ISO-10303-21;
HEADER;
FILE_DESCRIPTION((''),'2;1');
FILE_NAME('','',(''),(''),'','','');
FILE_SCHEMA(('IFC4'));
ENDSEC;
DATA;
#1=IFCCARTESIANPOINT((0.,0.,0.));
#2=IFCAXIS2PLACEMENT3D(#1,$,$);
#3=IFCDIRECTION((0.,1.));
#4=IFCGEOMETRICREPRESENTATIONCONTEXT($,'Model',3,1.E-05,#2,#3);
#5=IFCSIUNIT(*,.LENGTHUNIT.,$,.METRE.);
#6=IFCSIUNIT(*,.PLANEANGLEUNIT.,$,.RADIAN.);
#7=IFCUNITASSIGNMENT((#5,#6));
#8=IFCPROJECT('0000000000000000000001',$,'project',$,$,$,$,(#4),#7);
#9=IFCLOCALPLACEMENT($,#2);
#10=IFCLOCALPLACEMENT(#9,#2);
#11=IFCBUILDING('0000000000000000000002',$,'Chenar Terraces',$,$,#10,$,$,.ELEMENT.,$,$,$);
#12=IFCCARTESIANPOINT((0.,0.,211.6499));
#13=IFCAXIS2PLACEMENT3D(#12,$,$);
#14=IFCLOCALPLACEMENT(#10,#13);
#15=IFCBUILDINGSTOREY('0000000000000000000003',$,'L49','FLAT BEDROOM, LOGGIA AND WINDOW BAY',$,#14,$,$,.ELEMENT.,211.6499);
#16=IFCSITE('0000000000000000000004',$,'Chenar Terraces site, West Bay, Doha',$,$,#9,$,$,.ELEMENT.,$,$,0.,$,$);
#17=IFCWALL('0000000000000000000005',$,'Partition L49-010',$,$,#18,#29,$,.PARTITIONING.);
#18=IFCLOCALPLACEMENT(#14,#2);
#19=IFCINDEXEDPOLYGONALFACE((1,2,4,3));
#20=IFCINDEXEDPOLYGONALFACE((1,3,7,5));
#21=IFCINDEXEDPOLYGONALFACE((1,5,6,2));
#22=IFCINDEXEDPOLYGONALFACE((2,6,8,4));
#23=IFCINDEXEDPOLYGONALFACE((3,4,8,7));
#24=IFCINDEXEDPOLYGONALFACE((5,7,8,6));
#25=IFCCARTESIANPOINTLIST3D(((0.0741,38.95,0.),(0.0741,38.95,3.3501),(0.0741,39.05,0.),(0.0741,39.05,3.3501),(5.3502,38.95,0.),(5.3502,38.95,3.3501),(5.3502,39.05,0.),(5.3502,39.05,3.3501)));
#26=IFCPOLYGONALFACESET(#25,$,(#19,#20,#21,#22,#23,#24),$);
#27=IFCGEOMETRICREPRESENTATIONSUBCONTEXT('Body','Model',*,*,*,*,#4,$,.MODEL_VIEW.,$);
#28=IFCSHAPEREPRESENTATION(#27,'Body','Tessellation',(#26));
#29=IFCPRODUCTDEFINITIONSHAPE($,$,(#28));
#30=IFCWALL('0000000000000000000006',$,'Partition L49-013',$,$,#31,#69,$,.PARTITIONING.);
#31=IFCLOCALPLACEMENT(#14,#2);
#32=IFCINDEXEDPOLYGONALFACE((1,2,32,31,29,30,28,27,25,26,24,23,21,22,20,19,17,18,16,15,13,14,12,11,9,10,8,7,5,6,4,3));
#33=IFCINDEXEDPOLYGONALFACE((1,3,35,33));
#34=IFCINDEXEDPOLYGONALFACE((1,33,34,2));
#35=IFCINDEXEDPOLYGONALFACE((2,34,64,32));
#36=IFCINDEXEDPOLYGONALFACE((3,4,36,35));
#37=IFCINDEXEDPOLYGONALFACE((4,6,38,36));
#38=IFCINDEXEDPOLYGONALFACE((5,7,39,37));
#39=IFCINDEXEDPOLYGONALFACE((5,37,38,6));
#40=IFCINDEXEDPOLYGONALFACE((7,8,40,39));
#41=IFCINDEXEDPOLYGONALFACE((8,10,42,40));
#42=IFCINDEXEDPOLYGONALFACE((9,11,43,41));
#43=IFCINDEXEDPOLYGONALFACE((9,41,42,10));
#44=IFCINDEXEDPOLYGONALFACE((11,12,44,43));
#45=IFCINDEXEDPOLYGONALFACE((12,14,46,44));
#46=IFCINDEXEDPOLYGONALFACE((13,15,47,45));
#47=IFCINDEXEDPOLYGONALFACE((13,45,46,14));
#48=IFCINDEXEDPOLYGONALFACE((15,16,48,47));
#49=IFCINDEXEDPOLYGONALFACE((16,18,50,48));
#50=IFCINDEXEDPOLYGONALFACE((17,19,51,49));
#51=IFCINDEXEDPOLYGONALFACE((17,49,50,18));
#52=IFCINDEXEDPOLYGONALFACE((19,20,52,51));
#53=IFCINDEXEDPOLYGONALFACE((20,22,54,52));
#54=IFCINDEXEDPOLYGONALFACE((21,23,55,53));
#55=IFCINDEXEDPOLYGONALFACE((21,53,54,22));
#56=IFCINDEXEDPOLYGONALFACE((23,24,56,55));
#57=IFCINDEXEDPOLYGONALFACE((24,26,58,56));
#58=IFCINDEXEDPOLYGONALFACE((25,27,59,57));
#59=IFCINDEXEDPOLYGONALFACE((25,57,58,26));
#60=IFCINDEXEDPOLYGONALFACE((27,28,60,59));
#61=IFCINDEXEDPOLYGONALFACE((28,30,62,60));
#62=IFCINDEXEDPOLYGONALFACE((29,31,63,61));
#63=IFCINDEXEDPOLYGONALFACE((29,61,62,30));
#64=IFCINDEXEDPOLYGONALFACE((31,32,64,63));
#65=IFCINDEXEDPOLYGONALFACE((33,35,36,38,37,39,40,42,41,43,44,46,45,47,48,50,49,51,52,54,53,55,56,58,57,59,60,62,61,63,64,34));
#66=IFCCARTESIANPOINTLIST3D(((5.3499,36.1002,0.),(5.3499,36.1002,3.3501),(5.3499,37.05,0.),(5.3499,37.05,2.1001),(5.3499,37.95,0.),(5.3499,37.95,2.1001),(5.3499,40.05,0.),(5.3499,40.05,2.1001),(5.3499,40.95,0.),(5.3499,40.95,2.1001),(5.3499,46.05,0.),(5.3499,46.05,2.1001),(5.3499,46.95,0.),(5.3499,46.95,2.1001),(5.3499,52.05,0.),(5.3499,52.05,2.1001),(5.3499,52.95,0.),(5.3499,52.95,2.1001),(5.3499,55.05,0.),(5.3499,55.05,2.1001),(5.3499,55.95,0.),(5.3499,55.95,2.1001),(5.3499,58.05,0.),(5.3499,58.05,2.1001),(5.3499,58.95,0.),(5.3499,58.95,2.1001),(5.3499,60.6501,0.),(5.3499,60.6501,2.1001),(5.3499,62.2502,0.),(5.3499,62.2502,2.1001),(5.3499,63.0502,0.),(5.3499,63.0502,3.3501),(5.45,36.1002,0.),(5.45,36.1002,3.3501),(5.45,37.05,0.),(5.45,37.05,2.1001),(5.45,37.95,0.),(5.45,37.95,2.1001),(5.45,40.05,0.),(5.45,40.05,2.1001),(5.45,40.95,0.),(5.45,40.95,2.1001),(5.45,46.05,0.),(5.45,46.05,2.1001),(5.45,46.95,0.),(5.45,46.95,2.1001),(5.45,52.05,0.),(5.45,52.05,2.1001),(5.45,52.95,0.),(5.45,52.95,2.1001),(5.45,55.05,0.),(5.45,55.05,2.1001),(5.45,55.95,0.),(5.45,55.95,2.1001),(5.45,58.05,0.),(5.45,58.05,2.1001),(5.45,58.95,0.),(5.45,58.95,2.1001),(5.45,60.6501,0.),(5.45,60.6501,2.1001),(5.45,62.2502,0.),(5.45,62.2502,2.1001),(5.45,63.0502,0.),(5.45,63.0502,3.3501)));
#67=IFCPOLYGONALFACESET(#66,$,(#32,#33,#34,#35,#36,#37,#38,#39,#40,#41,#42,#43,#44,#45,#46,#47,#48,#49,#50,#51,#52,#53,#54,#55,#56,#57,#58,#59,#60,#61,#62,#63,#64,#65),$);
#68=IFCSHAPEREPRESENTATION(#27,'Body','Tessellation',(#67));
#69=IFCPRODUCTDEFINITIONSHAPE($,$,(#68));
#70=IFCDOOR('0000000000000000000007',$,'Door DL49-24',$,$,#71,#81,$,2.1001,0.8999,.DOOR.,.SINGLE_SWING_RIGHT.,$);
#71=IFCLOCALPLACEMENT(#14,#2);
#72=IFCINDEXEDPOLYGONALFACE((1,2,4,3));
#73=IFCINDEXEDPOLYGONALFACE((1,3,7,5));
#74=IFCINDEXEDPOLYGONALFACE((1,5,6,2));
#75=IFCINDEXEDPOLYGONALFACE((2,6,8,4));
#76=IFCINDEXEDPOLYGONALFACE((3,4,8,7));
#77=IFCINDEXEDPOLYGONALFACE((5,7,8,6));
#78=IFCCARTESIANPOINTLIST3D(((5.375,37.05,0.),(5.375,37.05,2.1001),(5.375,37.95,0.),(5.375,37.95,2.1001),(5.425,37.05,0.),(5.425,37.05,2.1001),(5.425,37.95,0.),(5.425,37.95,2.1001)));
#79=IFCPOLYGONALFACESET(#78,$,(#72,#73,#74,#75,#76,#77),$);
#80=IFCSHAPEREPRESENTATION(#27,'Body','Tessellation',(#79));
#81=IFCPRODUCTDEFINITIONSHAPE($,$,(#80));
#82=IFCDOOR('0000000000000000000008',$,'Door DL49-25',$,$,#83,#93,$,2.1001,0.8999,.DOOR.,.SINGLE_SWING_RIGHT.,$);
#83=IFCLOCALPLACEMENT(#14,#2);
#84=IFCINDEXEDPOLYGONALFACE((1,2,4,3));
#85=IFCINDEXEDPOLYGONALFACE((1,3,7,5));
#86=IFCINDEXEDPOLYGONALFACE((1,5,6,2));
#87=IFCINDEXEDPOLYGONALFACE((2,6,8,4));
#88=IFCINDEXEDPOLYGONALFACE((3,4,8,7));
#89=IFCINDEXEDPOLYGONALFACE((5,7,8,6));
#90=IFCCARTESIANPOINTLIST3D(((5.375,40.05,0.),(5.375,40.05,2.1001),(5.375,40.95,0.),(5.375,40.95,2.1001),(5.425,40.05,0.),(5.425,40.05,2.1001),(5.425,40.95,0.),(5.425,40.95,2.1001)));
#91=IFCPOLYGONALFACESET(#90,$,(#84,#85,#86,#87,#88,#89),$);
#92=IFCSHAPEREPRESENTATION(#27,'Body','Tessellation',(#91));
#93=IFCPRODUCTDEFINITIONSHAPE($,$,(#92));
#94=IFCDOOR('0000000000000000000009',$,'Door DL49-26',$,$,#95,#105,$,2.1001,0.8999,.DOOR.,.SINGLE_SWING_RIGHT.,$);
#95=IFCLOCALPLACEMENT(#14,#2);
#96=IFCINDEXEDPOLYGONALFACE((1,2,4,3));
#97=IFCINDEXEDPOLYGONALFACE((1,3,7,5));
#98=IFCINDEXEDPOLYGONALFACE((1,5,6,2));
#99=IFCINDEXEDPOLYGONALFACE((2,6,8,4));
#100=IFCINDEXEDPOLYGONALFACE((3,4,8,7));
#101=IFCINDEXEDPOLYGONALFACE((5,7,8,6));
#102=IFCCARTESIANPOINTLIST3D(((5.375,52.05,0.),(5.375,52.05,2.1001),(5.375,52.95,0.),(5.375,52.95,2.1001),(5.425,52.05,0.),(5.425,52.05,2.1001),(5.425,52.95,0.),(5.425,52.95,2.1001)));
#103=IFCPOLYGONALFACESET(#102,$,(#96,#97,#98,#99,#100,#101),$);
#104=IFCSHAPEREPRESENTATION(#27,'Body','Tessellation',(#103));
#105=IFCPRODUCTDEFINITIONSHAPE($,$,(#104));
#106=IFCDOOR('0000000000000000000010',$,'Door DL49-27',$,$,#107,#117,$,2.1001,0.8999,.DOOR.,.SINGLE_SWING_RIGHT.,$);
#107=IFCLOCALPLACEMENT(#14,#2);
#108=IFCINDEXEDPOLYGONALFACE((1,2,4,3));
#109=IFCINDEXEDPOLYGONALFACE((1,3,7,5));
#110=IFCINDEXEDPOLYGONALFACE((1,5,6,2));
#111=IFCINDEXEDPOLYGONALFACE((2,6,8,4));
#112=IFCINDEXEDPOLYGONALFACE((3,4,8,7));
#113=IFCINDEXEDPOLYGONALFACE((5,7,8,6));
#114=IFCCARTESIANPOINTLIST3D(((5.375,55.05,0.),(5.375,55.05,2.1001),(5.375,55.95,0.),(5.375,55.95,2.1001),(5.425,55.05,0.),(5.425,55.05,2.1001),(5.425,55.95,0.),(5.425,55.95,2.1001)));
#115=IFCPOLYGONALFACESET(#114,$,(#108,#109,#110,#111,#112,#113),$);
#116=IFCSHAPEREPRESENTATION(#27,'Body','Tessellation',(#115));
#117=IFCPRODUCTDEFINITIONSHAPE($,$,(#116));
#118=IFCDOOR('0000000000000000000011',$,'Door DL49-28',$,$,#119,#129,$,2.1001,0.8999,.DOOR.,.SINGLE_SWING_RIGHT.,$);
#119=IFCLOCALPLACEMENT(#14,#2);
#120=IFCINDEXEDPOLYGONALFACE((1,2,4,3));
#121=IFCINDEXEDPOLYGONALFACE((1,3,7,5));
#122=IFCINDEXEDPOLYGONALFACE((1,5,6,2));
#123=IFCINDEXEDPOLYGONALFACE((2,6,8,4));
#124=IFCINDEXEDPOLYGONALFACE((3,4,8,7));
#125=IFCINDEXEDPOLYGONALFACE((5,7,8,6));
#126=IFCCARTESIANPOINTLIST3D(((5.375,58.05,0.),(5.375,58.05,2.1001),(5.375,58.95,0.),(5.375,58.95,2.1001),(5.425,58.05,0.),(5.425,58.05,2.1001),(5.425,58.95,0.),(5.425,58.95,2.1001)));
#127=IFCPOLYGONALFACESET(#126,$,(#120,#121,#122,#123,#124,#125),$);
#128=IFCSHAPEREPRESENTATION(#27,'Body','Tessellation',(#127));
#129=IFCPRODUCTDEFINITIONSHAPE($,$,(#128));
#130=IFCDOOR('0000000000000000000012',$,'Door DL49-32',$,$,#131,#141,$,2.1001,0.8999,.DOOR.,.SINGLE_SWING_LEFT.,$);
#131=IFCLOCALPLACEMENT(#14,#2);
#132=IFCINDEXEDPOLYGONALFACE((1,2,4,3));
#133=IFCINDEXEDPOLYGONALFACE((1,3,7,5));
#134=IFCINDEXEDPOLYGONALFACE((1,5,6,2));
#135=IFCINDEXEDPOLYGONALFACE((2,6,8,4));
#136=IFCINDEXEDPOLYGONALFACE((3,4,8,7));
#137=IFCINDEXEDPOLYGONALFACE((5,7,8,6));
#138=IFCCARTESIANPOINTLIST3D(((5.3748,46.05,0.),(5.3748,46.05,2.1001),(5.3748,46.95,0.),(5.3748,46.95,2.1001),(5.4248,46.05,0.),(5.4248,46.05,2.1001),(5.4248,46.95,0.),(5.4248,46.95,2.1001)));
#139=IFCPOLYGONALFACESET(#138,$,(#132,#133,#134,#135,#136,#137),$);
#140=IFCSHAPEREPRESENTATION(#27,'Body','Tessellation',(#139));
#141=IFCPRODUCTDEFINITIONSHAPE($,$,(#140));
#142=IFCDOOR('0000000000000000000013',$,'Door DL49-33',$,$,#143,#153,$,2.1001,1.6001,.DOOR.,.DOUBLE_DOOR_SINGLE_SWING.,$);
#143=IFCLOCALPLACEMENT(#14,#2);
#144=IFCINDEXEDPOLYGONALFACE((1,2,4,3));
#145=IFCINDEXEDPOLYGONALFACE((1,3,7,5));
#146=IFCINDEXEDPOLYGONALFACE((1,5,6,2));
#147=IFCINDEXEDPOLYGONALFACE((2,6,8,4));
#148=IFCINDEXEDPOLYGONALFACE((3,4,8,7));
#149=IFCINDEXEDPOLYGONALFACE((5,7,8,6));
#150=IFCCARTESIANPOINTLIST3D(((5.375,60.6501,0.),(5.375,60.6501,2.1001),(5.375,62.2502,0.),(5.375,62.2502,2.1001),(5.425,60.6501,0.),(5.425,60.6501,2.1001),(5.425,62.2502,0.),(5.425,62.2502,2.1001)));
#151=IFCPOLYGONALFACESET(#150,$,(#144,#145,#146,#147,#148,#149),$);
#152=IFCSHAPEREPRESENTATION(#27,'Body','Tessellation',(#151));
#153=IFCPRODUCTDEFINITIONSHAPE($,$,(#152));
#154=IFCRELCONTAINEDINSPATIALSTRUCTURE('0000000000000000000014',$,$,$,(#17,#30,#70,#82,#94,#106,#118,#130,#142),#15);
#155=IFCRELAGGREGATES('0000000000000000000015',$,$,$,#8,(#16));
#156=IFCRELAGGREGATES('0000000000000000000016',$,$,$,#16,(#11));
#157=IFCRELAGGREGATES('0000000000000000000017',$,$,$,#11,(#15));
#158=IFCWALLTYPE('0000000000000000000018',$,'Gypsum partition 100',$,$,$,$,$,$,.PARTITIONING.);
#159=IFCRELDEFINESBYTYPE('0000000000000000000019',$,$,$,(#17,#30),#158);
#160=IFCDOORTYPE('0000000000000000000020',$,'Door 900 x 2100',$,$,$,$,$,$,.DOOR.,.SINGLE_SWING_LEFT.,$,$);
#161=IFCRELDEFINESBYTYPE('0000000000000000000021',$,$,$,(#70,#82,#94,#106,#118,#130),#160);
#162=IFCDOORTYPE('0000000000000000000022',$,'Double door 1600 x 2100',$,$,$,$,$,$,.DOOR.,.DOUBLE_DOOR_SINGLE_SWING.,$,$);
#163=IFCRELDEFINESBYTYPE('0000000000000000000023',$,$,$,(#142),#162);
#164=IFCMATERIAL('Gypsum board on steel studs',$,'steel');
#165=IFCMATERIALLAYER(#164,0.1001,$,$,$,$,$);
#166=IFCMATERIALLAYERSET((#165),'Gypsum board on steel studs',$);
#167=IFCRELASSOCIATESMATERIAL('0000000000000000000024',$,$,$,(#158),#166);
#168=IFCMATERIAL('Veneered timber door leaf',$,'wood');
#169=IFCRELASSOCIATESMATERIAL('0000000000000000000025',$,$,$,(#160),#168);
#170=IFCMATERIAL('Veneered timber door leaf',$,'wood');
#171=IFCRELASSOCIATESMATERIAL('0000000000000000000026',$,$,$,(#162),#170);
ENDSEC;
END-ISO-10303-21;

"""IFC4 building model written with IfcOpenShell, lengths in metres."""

from ifc_helpers import new_model, si_unit, direction, frame, frame_2d, origin, place, context, subcontext, project, spatial, rectangle, extrude, material, layer, layer_set, type_object, element, fill, save


model = new_model("IFC4")

# Units and contexts
model_context = context("Model", 3, precision=1e-05, world=origin(), true_north=direction((0.0, 1.0)))
body_context = subcontext(model_context, "Body", "Model", "MODEL_VIEW")
ifc_project = project(units=[si_unit("LENGTHUNIT", "METRE"), si_unit("PLANEANGLEUNIT", "RADIAN")], contexts=[model_context])

# Site, building, storey
site_placement = place(None, origin())
site = spatial("IfcSite", under=ifc_project, at=site_placement, Name="Chenar Terraces site, West Bay, Doha", CompositionType="ELEMENT", RefElevation=0.0)
building_placement = place(site_placement, origin())
building = spatial("IfcBuilding", under=site, at=building_placement, Name="Chenar Terraces", CompositionType="ELEMENT")
storey_placement = place(building_placement, frame((0.0, 0.0, 211.6499)))
storey = spatial("IfcBuildingStorey", under=building, at=storey_placement, Name="L49", Description="FLAT BEDROOM, LOGGIA AND WINDOW BAY", CompositionType="ELEMENT", Elevation=211.6499)

# Wall
ifc_material_1 = material(Name="Gypsum board on steel studs", Category="steel")
ifc_layer_1 = layer(ifc_material_1, 0.1001)
ifc_layer_set_1 = layer_set([ifc_layer_1], Name="Gypsum board on steel studs")
wall_type_1 = type_object("IfcWallType", Name="Gypsum partition 100", PredefinedType="PARTITIONING", material=ifc_layer_set_1)
wall_1_placement = place(storey_placement, frame((0.074, 39.0, 0.0), z_axis=(0.0, 0.0, 1.0), x_axis=(1.0, 0.0, 0.0)))
element("IfcWall", 1, at=wall_1_placement, inside=storey, type_object=wall_type_1, Name="Partition L49-010", PredefinedType="PARTITIONING", context=body_context, shape_type="SweptSolid", body=[
    extrude(rectangle(XDim=5.2761, YDim=0.1001, at=frame_2d((2.6382, 0.0))), origin(), (0.0, 0.0, 1.0), 3.3501),
])

# Wall, openings, doors
wall_2_placement = place(storey_placement, frame((5.3999, 36.1001, 0.0), z_axis=(0.0, 0.0, 1.0), x_axis=(0.0, 1.0, 0.0)))
wall_2 = element("IfcWall", 2, at=wall_2_placement, inside=storey, type_object=wall_type_1, Name="Partition L49-013", PredefinedType="PARTITIONING", context=body_context, shape_type="SweptSolid", body=[
    extrude(rectangle(XDim=26.95, YDim=0.1001, at=frame_2d((13.4751, 0.0))), origin(), (0.0, 0.0, 1.0), 3.3501),
])
opening_1_placement = place(wall_2_placement, frame((0.95, 0.0, 0.0)))
opening_1 = element("IfcOpeningElement", 3, at=opening_1_placement, cuts=wall_2, PredefinedType="OPENING", context=body_context, shape_type="SweptSolid", body=[
    extrude(rectangle(XDim=0.8999, YDim=2.1001, at=frame_2d((0.45, 1.05))), frame((0.0, 0.0601, 0.0), z_axis=(0.0, -1.0, 0.0), x_axis=(1.0, 0.0, 0.0)), (0.0, 0.0, 1.0), 0.1201),
])
opening_2_placement = place(wall_2_placement, frame((3.95, 0.0, 0.0)))
opening_2 = element("IfcOpeningElement", 4, at=opening_2_placement, cuts=wall_2, PredefinedType="OPENING", context=body_context, shape_type="SweptSolid", body=[
    extrude(rectangle(XDim=0.8999, YDim=2.1001, at=frame_2d((0.45, 1.05))), frame((0.0, 0.0601, 0.0), z_axis=(0.0, -1.0, 0.0), x_axis=(1.0, 0.0, 0.0)), (0.0, 0.0, 1.0), 0.1201),
])
opening_3_placement = place(wall_2_placement, frame((15.95, 0.0, 0.0)))
opening_3 = element("IfcOpeningElement", 5, at=opening_3_placement, cuts=wall_2, PredefinedType="OPENING", context=body_context, shape_type="SweptSolid", body=[
    extrude(rectangle(XDim=0.8999, YDim=2.1001, at=frame_2d((0.45, 1.05))), frame((0.0, 0.0601, 0.0), z_axis=(0.0, -1.0, 0.0), x_axis=(1.0, 0.0, 0.0)), (0.0, 0.0, 1.0), 0.1201),
])
opening_4_placement = place(wall_2_placement, frame((18.95, 0.0, 0.0)))
opening_4 = element("IfcOpeningElement", 6, at=opening_4_placement, cuts=wall_2, PredefinedType="OPENING", context=body_context, shape_type="SweptSolid", body=[
    extrude(rectangle(XDim=0.8999, YDim=2.1001, at=frame_2d((0.45, 1.05))), frame((0.0, 0.0601, 0.0), z_axis=(0.0, -1.0, 0.0), x_axis=(1.0, 0.0, 0.0)), (0.0, 0.0, 1.0), 0.1201),
])
opening_5_placement = place(wall_2_placement, frame((21.95, 0.0, 0.0)))
opening_5 = element("IfcOpeningElement", 7, at=opening_5_placement, cuts=wall_2, PredefinedType="OPENING", context=body_context, shape_type="SweptSolid", body=[
    extrude(rectangle(XDim=0.8999, YDim=2.1001, at=frame_2d((0.45, 1.05))), frame((0.0, 0.0601, 0.0), z_axis=(0.0, -1.0, 0.0), x_axis=(1.0, 0.0, 0.0)), (0.0, 0.0, 1.0), 0.1201),
])
opening_6_placement = place(wall_2_placement, frame((9.95, 0.0, 0.0)))
opening_6 = element("IfcOpeningElement", 8, at=opening_6_placement, cuts=wall_2, PredefinedType="OPENING", context=body_context, shape_type="SweptSolid", body=[
    extrude(rectangle(XDim=0.8999, YDim=2.1001, at=frame_2d((0.45, 1.05))), frame((0.0, 0.0601, 0.0), z_axis=(0.0, -1.0, 0.0), x_axis=(1.0, 0.0, 0.0)), (0.0, 0.0, 1.0), 0.1201),
])
opening_7_placement = place(wall_2_placement, frame((24.55, 0.0, 0.0)))
opening_7 = element("IfcOpeningElement", 9, at=opening_7_placement, cuts=wall_2, PredefinedType="OPENING", context=body_context, shape_type="SweptSolid", body=[
    extrude(rectangle(XDim=1.6001, YDim=2.1001, at=frame_2d((0.8, 1.05))), frame((0.0, 0.0601, 0.0), z_axis=(0.0, -1.0, 0.0), x_axis=(1.0, 0.0, 0.0)), (0.0, 0.0, 1.0), 0.1201),
])
ifc_material_2 = material(Name="Veneered timber door leaf", Category="wood")
door_type_1 = type_object("IfcDoorType", Name="Door 900 x 2100", OperationType="SINGLE_SWING_LEFT", PredefinedType="DOOR", material=ifc_material_2)
door_1_placement = place(opening_1_placement, origin())
door_1 = element("IfcDoor", 10, at=door_1_placement, inside=storey, type_object=door_type_1, Name="Door DL49-24", OperationType="SINGLE_SWING_RIGHT", OverallHeight=2.1001, OverallWidth=0.8999, PredefinedType="DOOR", context=body_context, shape_type="SweptSolid", body=[
    extrude(rectangle(XDim=0.8999, YDim=2.1001, at=frame_2d((0.45, 1.05))), frame((0.0, 0.0249, 0.0), z_axis=(0.0, -1.0, 0.0), x_axis=(1.0, 0.0, 0.0)), (0.0, 0.0, 1.0), 0.05),
])
fill(opening_1, door_1)
door_2_placement = place(opening_2_placement, origin())
door_2 = element("IfcDoor", 11, at=door_2_placement, inside=storey, type_object=door_type_1, Name="Door DL49-25", OperationType="SINGLE_SWING_RIGHT", OverallHeight=2.1001, OverallWidth=0.8999, PredefinedType="DOOR", context=body_context, shape_type="SweptSolid", body=[
    extrude(rectangle(XDim=0.8999, YDim=2.1001, at=frame_2d((0.45, 1.05))), frame((0.0, 0.0249, 0.0), z_axis=(0.0, -1.0, 0.0), x_axis=(1.0, 0.0, 0.0)), (0.0, 0.0, 1.0), 0.05),
])
fill(opening_2, door_2)
door_3_placement = place(opening_3_placement, origin())
door_3 = element("IfcDoor", 12, at=door_3_placement, inside=storey, type_object=door_type_1, Name="Door DL49-26", OperationType="SINGLE_SWING_RIGHT", OverallHeight=2.1001, OverallWidth=0.8999, PredefinedType="DOOR", context=body_context, shape_type="SweptSolid", body=[
    extrude(rectangle(XDim=0.8999, YDim=2.1001, at=frame_2d((0.45, 1.05))), frame((0.0, 0.0249, 0.0), z_axis=(0.0, -1.0, 0.0), x_axis=(1.0, 0.0, 0.0)), (0.0, 0.0, 1.0), 0.05),
])
fill(opening_3, door_3)
door_4_placement = place(opening_4_placement, origin())
door_4 = element("IfcDoor", 13, at=door_4_placement, inside=storey, type_object=door_type_1, Name="Door DL49-27", OperationType="SINGLE_SWING_RIGHT", OverallHeight=2.1001, OverallWidth=0.8999, PredefinedType="DOOR", context=body_context, shape_type="SweptSolid", body=[
    extrude(rectangle(XDim=0.8999, YDim=2.1001, at=frame_2d((0.45, 1.05))), frame((0.0, 0.0249, 0.0), z_axis=(0.0, -1.0, 0.0), x_axis=(1.0, 0.0, 0.0)), (0.0, 0.0, 1.0), 0.05),
])
fill(opening_4, door_4)
door_5_placement = place(opening_5_placement, origin())
door_5 = element("IfcDoor", 14, at=door_5_placement, inside=storey, type_object=door_type_1, Name="Door DL49-28", OperationType="SINGLE_SWING_RIGHT", OverallHeight=2.1001, OverallWidth=0.8999, PredefinedType="DOOR", context=body_context, shape_type="SweptSolid", body=[
    extrude(rectangle(XDim=0.8999, YDim=2.1001, at=frame_2d((0.45, 1.05))), frame((0.0, 0.0249, 0.0), z_axis=(0.0, -1.0, 0.0), x_axis=(1.0, 0.0, 0.0)), (0.0, 0.0, 1.0), 0.05),
])
fill(opening_5, door_5)
door_6_placement = place(opening_6_placement, frame((0.8999, 0.0, 0.0), z_axis=(0.0, 0.0, 1.0), x_axis=(-1.0, 0.0, 0.0)))
door_6 = element("IfcDoor", 15, at=door_6_placement, inside=storey, type_object=door_type_1, Name="Door DL49-32", OperationType="SINGLE_SWING_LEFT", OverallHeight=2.1001, OverallWidth=0.8999, PredefinedType="DOOR", context=body_context, shape_type="SweptSolid", body=[
    extrude(rectangle(XDim=0.8999, YDim=2.1001, at=frame_2d((0.45, 1.05))), frame((0.0, 0.0249, 0.0), z_axis=(0.0, -1.0, 0.0), x_axis=(1.0, 0.0, 0.0)), (0.0, 0.0, 1.0), 0.05),
])
fill(opening_6, door_6)
ifc_material_3 = material(Name="Veneered timber door leaf", Category="wood")
door_type_2 = type_object("IfcDoorType", Name="Double door 1600 x 2100", OperationType="DOUBLE_DOOR_SINGLE_SWING", PredefinedType="DOOR", material=ifc_material_3)
door_7_placement = place(opening_7_placement, origin())
door_7 = element("IfcDoor", 16, at=door_7_placement, inside=storey, type_object=door_type_2, Name="Door DL49-33", OperationType="DOUBLE_DOOR_SINGLE_SWING", OverallHeight=2.1001, OverallWidth=1.6001, PredefinedType="DOOR", context=body_context, shape_type="SweptSolid", body=[
    extrude(rectangle(XDim=1.6001, YDim=2.1001, at=frame_2d((0.8, 1.05))), frame((0.0, 0.0249, 0.0), z_axis=(0.0, -1.0, 0.0), x_axis=(1.0, 0.0, 0.0)), (0.0, 0.0, 1.0), 0.05),
])
fill(opening_7, door_7)

save(model, "model.ifc")
